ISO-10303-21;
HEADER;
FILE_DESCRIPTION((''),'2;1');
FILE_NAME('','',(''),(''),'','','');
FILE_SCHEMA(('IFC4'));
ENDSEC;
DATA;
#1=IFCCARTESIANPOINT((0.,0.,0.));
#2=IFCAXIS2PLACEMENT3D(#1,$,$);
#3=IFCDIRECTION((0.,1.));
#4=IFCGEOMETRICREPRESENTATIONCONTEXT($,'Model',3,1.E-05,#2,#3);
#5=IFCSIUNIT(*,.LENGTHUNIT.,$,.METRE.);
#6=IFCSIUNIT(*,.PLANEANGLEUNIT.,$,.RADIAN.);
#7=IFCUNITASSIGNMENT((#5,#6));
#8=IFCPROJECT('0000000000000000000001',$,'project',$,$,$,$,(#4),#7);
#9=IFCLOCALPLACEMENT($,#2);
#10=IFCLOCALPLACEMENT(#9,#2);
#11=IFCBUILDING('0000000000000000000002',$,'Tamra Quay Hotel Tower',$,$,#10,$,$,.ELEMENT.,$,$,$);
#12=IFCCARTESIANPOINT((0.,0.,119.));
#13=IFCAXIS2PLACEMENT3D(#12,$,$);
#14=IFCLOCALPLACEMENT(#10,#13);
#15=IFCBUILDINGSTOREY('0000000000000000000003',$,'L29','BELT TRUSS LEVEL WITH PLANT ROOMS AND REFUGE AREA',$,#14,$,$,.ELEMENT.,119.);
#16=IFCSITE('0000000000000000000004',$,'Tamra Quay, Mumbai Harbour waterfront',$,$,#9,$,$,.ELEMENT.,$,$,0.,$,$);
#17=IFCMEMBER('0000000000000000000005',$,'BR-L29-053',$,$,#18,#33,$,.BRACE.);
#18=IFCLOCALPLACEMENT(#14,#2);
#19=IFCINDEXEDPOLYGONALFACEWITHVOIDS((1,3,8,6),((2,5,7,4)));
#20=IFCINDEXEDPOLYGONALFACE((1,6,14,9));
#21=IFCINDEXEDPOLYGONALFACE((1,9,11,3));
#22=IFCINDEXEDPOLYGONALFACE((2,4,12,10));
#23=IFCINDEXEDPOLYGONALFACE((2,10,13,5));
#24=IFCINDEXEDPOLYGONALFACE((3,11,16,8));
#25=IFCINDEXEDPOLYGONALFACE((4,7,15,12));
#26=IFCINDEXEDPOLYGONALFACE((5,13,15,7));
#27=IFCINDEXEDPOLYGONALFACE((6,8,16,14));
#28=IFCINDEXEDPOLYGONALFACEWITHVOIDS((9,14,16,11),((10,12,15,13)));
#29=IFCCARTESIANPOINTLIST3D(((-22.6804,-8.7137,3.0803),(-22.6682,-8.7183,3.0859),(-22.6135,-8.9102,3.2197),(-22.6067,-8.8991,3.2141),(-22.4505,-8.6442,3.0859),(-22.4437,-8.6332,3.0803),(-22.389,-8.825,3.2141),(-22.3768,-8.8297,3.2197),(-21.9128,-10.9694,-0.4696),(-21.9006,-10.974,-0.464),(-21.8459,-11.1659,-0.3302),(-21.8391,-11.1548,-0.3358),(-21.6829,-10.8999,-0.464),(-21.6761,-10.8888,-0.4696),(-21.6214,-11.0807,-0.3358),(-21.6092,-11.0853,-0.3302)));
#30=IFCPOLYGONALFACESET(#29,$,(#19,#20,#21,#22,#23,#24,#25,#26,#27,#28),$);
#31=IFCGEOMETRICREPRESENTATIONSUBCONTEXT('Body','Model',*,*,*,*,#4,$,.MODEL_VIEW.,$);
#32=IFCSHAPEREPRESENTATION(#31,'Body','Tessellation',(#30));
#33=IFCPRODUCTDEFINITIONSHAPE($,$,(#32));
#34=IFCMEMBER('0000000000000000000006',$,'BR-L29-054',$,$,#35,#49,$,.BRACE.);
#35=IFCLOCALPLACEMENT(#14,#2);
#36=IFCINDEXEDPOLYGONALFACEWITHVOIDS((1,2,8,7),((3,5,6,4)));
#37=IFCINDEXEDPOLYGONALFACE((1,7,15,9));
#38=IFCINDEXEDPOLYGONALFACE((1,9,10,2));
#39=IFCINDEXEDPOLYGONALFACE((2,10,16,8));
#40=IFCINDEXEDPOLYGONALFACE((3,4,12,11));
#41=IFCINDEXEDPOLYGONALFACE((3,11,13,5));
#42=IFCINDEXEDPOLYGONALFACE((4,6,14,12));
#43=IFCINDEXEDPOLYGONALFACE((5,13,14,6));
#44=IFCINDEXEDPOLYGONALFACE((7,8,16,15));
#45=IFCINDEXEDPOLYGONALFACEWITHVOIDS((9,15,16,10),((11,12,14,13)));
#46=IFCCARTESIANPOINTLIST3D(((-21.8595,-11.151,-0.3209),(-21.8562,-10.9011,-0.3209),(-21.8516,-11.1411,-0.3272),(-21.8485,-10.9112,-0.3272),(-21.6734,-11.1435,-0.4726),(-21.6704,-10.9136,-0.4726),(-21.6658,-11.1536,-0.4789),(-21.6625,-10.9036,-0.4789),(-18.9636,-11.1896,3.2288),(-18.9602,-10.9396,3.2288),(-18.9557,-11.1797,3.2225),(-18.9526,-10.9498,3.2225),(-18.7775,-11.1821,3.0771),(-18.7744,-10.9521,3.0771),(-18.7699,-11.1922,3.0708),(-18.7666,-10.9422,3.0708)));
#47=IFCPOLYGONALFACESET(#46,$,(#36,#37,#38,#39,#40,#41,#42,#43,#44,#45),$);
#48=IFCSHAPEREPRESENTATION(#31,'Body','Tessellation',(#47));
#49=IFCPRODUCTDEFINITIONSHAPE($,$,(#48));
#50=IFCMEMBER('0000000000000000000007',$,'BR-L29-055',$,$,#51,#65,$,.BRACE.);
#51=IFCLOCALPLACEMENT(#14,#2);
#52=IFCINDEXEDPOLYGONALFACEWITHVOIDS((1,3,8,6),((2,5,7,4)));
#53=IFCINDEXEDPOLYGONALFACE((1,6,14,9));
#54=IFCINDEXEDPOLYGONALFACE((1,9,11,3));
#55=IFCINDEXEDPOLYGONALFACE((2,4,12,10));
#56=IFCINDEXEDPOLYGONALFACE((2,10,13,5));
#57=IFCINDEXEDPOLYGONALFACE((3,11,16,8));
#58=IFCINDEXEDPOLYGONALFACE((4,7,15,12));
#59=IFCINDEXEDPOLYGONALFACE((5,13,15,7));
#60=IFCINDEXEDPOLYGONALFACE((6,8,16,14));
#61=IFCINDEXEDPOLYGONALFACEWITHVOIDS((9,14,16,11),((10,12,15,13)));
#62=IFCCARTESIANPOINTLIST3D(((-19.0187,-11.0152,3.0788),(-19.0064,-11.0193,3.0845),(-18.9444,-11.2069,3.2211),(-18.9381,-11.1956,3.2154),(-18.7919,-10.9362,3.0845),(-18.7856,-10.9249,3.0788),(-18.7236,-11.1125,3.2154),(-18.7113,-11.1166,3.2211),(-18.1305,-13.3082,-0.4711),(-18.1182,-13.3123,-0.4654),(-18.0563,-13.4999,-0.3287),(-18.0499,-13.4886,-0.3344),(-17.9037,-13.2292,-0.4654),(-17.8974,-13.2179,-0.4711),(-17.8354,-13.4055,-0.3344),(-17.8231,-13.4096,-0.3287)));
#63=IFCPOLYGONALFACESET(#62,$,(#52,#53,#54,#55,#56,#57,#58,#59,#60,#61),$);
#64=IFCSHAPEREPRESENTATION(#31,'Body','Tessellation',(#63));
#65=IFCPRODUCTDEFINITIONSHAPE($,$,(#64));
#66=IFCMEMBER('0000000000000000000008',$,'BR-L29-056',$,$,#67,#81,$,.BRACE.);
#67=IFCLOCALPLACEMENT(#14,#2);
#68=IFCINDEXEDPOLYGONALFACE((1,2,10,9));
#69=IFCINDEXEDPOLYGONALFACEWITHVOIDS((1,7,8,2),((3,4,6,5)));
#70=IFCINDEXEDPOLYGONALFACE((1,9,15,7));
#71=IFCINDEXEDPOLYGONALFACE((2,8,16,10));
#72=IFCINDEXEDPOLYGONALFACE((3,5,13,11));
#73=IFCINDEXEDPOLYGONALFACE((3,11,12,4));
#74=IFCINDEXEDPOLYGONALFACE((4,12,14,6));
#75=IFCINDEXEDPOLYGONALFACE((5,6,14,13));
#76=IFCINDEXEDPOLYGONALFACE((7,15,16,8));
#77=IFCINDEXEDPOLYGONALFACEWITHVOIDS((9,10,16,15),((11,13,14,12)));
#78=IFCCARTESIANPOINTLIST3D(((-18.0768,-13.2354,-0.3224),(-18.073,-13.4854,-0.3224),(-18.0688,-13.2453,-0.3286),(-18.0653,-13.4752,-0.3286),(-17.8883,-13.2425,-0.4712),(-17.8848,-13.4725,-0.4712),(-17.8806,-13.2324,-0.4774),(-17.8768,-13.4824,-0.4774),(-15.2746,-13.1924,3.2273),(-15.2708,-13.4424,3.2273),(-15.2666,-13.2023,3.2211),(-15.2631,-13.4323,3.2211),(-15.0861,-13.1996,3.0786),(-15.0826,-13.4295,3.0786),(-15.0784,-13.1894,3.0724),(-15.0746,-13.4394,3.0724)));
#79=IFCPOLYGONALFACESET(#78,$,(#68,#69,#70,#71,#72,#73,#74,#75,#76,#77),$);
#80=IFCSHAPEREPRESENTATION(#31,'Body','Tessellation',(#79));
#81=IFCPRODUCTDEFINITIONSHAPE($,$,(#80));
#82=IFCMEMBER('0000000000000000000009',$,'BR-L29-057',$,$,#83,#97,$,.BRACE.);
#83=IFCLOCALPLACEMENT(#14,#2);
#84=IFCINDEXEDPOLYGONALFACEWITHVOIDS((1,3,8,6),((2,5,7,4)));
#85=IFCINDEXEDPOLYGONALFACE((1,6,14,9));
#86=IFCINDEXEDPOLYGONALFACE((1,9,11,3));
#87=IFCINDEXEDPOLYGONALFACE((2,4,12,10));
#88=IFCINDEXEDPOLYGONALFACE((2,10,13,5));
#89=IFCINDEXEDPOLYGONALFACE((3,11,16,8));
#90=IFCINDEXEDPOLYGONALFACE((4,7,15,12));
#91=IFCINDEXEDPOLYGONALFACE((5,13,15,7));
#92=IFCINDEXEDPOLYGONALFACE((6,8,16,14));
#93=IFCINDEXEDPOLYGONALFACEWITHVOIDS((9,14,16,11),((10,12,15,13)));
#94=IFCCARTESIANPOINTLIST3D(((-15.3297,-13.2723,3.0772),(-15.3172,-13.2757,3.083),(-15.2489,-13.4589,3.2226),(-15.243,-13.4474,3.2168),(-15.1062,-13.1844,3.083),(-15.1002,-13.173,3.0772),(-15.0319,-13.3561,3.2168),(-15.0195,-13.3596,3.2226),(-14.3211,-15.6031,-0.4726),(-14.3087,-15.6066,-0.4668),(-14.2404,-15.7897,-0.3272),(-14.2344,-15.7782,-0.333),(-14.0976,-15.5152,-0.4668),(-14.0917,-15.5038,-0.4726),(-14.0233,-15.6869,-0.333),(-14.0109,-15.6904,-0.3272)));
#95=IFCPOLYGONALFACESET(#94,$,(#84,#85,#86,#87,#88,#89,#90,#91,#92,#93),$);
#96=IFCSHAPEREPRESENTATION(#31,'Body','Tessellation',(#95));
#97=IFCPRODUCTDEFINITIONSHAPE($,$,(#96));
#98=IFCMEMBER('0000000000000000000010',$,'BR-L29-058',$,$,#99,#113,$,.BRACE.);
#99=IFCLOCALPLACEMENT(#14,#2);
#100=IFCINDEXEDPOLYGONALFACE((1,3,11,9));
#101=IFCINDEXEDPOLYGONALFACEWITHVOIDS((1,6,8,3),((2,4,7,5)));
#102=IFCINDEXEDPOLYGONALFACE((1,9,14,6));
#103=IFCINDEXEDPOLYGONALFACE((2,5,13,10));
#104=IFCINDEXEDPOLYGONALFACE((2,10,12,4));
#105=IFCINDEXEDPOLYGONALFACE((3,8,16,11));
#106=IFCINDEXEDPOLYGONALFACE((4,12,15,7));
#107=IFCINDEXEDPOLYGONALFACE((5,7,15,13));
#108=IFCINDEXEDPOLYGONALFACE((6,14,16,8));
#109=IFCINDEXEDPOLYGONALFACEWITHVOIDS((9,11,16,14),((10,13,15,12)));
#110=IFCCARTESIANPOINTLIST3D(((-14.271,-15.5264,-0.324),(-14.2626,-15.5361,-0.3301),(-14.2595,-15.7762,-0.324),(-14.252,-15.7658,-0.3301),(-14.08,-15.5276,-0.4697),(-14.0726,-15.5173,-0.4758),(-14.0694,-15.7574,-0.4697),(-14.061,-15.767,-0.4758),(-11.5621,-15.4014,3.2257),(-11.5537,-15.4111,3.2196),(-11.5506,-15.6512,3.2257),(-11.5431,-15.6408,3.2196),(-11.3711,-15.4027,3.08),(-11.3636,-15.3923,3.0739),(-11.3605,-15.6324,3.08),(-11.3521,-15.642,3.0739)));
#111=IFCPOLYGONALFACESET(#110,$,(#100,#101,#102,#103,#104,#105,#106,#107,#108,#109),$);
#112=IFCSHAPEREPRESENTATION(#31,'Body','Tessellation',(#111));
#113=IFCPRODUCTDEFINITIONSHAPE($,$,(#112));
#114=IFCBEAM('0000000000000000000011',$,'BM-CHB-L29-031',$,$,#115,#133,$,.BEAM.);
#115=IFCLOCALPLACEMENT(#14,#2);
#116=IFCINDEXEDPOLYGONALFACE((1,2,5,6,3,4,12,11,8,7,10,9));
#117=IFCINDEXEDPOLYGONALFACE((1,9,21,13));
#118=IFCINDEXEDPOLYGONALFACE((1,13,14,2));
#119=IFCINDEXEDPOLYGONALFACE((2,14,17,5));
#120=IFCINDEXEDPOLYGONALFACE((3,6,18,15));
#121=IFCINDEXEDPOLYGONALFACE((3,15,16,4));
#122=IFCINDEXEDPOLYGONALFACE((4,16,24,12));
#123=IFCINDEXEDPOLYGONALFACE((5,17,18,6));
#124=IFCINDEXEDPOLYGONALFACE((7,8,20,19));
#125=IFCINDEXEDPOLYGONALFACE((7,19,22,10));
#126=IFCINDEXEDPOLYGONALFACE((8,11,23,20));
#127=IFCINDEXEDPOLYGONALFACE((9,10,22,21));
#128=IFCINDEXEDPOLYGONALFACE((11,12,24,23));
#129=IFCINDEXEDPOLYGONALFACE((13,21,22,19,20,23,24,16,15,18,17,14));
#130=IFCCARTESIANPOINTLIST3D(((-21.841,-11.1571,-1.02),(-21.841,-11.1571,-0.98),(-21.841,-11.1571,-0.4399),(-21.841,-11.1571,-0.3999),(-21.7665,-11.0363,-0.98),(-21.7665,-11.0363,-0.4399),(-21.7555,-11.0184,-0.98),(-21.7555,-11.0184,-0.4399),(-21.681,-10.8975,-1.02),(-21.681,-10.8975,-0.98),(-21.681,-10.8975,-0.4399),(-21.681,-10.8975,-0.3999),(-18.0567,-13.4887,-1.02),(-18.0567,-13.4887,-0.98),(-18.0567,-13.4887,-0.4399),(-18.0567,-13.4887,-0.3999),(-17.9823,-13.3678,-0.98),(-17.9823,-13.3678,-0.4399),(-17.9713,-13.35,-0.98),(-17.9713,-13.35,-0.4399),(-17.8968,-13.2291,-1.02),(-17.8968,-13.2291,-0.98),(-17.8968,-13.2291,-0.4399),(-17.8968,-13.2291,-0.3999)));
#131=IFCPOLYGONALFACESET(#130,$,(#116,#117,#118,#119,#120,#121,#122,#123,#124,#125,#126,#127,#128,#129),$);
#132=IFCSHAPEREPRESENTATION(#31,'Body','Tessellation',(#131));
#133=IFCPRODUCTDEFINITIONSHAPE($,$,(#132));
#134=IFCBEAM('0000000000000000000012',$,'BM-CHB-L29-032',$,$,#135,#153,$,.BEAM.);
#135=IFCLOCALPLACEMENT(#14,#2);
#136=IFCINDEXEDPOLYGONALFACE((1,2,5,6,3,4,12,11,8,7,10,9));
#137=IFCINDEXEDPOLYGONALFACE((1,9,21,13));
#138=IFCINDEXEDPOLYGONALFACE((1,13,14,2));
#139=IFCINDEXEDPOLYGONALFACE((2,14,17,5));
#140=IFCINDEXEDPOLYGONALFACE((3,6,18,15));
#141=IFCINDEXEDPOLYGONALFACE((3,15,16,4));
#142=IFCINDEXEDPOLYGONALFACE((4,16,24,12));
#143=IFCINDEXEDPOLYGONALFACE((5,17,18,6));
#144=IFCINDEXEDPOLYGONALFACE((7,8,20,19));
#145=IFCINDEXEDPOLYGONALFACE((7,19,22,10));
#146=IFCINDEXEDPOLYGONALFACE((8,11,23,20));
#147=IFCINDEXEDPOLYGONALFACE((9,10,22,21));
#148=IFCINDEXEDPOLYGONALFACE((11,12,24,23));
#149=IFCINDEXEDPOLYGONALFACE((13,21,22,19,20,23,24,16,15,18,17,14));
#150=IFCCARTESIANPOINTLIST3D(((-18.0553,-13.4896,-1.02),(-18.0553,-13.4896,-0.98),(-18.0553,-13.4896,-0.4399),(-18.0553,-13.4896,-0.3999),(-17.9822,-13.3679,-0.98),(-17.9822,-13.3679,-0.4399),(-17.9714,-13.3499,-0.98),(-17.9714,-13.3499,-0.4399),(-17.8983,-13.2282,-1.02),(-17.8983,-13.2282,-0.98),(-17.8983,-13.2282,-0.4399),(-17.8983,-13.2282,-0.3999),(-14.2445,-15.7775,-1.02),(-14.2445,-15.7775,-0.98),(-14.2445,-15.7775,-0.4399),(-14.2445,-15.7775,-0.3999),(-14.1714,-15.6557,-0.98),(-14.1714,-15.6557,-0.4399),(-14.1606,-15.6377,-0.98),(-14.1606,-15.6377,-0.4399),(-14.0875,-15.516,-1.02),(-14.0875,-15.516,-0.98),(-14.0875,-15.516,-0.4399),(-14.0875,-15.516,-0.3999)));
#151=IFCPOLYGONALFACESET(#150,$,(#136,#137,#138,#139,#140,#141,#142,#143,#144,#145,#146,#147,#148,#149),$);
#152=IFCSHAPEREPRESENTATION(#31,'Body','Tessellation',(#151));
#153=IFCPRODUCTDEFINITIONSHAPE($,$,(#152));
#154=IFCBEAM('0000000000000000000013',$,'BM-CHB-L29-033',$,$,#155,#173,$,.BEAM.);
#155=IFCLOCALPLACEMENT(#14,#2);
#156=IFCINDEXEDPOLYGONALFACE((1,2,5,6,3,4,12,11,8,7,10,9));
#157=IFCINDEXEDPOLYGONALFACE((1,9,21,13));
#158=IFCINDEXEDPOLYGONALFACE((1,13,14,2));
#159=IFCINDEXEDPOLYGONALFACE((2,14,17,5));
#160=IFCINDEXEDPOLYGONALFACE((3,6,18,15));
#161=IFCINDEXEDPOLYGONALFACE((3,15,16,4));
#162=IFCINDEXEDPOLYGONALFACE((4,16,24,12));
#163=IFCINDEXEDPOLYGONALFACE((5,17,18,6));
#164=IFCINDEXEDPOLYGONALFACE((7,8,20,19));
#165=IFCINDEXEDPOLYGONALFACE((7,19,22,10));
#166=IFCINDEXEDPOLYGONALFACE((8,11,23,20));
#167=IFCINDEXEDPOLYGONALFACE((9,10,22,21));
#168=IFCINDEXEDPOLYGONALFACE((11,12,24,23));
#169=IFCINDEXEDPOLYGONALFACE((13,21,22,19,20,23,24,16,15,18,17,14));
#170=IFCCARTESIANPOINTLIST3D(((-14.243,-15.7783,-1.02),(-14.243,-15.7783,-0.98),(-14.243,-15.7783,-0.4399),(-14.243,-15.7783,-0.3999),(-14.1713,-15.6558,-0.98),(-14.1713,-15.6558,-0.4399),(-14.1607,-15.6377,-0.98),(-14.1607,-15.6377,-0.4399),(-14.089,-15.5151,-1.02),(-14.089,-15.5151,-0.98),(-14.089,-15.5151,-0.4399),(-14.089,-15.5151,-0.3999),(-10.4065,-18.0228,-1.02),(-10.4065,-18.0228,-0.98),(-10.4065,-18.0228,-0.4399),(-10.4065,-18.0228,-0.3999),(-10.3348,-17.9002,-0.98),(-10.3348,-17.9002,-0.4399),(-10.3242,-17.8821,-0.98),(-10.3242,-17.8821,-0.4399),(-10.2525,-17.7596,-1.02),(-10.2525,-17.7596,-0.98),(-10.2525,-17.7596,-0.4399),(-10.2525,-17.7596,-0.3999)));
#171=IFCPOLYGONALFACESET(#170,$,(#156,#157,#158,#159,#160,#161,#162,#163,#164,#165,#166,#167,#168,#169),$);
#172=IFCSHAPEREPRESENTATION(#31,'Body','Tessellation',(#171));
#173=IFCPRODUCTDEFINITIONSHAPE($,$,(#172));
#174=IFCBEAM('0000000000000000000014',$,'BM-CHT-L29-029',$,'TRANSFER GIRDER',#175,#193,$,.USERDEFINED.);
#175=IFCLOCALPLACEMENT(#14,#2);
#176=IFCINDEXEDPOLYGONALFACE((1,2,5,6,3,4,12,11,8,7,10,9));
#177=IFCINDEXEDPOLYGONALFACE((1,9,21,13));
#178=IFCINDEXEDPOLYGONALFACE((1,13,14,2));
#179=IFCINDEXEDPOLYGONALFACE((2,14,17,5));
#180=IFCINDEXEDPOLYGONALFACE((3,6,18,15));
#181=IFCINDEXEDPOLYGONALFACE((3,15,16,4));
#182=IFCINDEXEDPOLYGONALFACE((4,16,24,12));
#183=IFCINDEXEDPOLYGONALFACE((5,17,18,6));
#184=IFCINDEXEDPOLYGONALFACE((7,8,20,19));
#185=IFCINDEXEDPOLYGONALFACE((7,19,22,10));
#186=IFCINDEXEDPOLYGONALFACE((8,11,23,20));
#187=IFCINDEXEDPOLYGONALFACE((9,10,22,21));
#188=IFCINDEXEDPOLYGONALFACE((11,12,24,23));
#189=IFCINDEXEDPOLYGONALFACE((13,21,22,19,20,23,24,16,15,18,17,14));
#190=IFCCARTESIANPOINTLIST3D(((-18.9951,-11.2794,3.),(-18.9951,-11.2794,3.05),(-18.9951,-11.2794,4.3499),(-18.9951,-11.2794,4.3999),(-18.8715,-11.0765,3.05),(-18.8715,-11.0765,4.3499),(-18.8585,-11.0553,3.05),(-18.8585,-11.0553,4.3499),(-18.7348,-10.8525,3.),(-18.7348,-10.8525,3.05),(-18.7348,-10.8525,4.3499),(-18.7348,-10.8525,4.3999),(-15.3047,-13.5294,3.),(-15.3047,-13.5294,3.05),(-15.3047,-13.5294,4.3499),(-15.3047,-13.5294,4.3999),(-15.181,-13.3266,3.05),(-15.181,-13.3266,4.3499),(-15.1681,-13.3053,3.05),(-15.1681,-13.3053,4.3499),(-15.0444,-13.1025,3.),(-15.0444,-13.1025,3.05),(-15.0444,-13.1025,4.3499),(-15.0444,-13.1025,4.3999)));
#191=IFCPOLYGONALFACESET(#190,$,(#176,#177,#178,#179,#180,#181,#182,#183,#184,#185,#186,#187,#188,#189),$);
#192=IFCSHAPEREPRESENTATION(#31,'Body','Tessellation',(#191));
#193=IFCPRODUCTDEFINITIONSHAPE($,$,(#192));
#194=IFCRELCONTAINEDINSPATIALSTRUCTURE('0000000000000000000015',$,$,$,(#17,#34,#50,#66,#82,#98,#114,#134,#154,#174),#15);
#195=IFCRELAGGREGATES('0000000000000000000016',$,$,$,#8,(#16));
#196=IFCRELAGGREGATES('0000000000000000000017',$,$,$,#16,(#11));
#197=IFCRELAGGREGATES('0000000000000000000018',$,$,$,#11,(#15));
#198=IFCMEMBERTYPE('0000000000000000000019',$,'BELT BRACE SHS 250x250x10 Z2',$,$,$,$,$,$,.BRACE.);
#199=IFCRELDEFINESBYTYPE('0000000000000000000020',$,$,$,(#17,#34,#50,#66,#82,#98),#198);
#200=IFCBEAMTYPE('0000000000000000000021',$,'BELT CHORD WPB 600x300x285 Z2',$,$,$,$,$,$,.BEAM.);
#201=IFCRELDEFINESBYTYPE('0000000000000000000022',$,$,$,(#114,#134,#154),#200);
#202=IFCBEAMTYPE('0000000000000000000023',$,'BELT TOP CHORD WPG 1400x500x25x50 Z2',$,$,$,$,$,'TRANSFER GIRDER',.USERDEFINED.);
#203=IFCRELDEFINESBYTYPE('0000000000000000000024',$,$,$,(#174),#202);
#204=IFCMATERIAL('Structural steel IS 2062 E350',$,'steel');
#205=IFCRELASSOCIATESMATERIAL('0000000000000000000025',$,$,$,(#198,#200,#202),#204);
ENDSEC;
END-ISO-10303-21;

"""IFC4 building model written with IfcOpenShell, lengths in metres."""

from ifc_helpers import new_model, si_unit, direction, frame, origin, origin_2d, place, context, subcontext, project, spatial, hollow_rectangle, i_section, extrude, material, material_profile, profile_set, type_object, element, save


model = new_model("IFC4")

# Units and contexts
model_context = context("Model", 3, precision=1e-05, world=origin(), true_north=direction((0.0, 1.0)))
body_context = subcontext(model_context, "Body", "Model", "MODEL_VIEW")
ifc_project = project(units=[si_unit("LENGTHUNIT", "METRE"), si_unit("PLANEANGLEUNIT", "RADIAN")], contexts=[model_context])

# Site, building, storey
site_placement = place(None, origin())
site = spatial("IfcSite", under=ifc_project, at=site_placement, Name="Tamra Quay, Mumbai Harbour waterfront", CompositionType="ELEMENT", RefElevation=0.0)
building_placement = place(site_placement, origin())
building = spatial("IfcBuilding", under=site, at=building_placement, Name="Tamra Quay Hotel Tower", CompositionType="ELEMENT")
storey_placement = place(building_placement, frame((0.0, 0.0, 119.0)))
storey = spatial("IfcBuildingStorey", under=building, at=storey_placement, Name="L29", Description="BELT TRUSS LEVEL WITH PLANT ROOMS AND REFUGE AREA", CompositionType="ELEMENT", Elevation=119.0)

# Members
ifc_material_1 = material(Name="Structural steel IS 2062 E350", Category="steel")
ifc_material_profile_1 = material_profile(ifc_material_1, hollow_rectangle(XDim=0.25, YDim=0.25, WallThickness=0.01, at=origin_2d()), Name="SHS 250x250x10")
ifc_profile_set_1 = profile_set([ifc_material_profile_1], Name="Structural steel IS 2062 E350")
member_type = type_object("IfcMemberType", Name="BELT BRACE SHS 250x250x10 Z2", PredefinedType="BRACE", material=ifc_profile_set_1)
member_1_placement = place(storey_placement, frame((-21.761, -11.0273, -0.3999), z_axis=(-0.179538, 0.527594, 0.830308), x_axis=(-0.946687, -0.322154, 0.0)))
element("IfcMember", 1, at=member_1_placement, inside=storey, type_object=member_type, Name="BR-L29-053", PredefinedType="BRACE", context=body_context, shape_type="SweptSolid", body=[
    extrude(hollow_rectangle(XDim=0.25, YDim=0.25, WallThickness=0.01, at=origin_2d()), origin(), (0.0, 0.0, 1.0), 4.2754),
])
member_2_placement = place(storey_placement, frame((-21.761, -11.0273, -0.3999), z_axis=(0.632118, -0.00842, 0.774827), x_axis=(0.013319, 0.999911, 0.0)))
element("IfcMember", 2, at=member_2_placement, inside=storey, type_object=member_type, Name="BR-L29-054", PredefinedType="BRACE", context=body_context, shape_type="SweptSolid", body=[
    extrude(hollow_rectangle(XDim=0.25, YDim=0.25, WallThickness=0.01, at=origin_2d()), origin(), (0.0, 0.0, 1.0), 4.5813),
])
member_3_placement = place(storey_placement, frame((-17.9768, -13.3589, -0.3999), z_axis=(-0.205679, 0.530989, 0.822038), x_axis=(-0.932488, -0.3612, 0.0)))
element("IfcMember", 3, at=member_3_placement, inside=storey, type_object=member_type, Name="BR-L29-055", PredefinedType="BRACE", context=body_context, shape_type="SweptSolid", body=[
    extrude(hollow_rectangle(XDim=0.25, YDim=0.25, WallThickness=0.01, at=origin_2d()), origin(), (0.0, 0.0, 1.0), 4.3184),
])
member_4_placement = place(storey_placement, frame((-17.9768, -13.3589, -0.3999), z_axis=(0.619585, 0.009501, 0.784872), x_axis=(-0.015332, 0.999882, 0.0)))
element("IfcMember", 4, at=member_4_placement, inside=storey, type_object=member_type, Name="BR-L29-056", PredefinedType="BRACE", context=body_context, shape_type="SweptSolid", body=[
    extrude(hollow_rectangle(XDim=0.25, YDim=0.25, WallThickness=0.01, at=origin_2d()), origin(), (0.0, 0.0, 1.0), 4.5227),
])
member_5_placement = place(storey_placement, frame((-14.166, -15.6467, -0.3999), z_axis=(-0.231066, 0.534009, 0.813291), x_axis=(-0.917767, -0.397119, 0.0)))
element("IfcMember", 5, at=member_5_placement, inside=storey, type_object=member_type, Name="BR-L29-057", PredefinedType="BRACE", context=body_context, shape_type="SweptSolid", body=[
    extrude(hollow_rectangle(XDim=0.25, YDim=0.25, WallThickness=0.01, at=origin_2d()), origin(), (0.0, 0.0, 1.0), 4.3647),
])
member_6_placement = place(storey_placement, frame((-14.166, -15.6467, -0.3999), z_axis=(0.606425, 0.027982, 0.794648), x_axis=(-0.046094, 0.998937, 0.0)))
element("IfcMember", 6, at=member_6_placement, inside=storey, type_object=member_type, Name="BR-L29-058", PredefinedType="BRACE", context=body_context, shape_type="SweptSolid", body=[
    extrude(hollow_rectangle(XDim=0.25, YDim=0.25, WallThickness=0.01, at=origin_2d()), origin(), (0.0, 0.0, 1.0), 4.467),
])

# Beams
ifc_material_profile_2 = material_profile(ifc_material_1, i_section(OverallWidth=0.3049, OverallDepth=0.6201, WebThickness=0.021, FlangeThickness=0.04, at=origin_2d()), Name="WPB 600x300x285")
ifc_profile_set_2 = profile_set([ifc_material_profile_2], Name="Structural steel IS 2062 E350")
beam_type_1 = type_object("IfcBeamType", Name="BELT CHORD WPB 600x300x285 Z2", PredefinedType="BEAM", material=ifc_profile_set_2)
for number, where, z_axis, x_axis, name in (
    (7, (-21.761, -11.0273, -0.71), (0.851375, -0.524557, 0.0), (0.524557, 0.851375, 0.0), "BM-CHB-L29-031"),
    (8, (-17.9768, -13.3589, -0.71), (0.857357, -0.514722, 0.0), (0.514722, 0.857357, 0.0), "BM-CHB-L29-032"),
    (9, (-14.166, -15.6467, -0.71), (0.863145, -0.504957, 0.0), (0.504957, 0.863145, 0.0), "BM-CHB-L29-033"),
):
    element("IfcBeam", number, at=place(storey_placement, frame(where, z_axis=z_axis, x_axis=x_axis)), inside=storey, type_object=beam_type_1, Name=name, PredefinedType="BEAM", context=body_context, shape_type="SweptSolid", body=[
        extrude(i_section(OverallWidth=0.3049, OverallDepth=0.6201, WebThickness=0.021, FlangeThickness=0.04, at=origin_2d()), origin(), (0.0, 0.0, 1.0), 4.4448),
    ])
ifc_material_profile_3 = material_profile(ifc_material_1, i_section(OverallWidth=0.5, OverallDepth=1.3999, WebThickness=0.0249, FlangeThickness=0.05, at=origin_2d()), Name="WPG 1400x500x25x50")
ifc_profile_set_3 = profile_set([ifc_material_profile_3], Name="Structural steel IS 2062 E350")
beam_type_2 = type_object("IfcBeamType", Name="BELT TOP CHORD WPG 1400x500x25x50 Z2", ElementType="TRANSFER GIRDER", PredefinedType="USERDEFINED", material=ifc_profile_set_3)
beam_1_placement = place(storey_placement, frame((-18.865, -11.0659, 3.7), z_axis=(0.853823, -0.520563, 0.0), x_axis=(0.520563, 0.853823, 0.0)))
element("IfcBeam", 10, at=beam_1_placement, inside=storey, type_object=beam_type_2, Name="BM-CHT-L29-029", ObjectType="TRANSFER GIRDER", PredefinedType="USERDEFINED", context=body_context, shape_type="SweptSolid", body=[
    extrude(i_section(OverallWidth=0.5, OverallDepth=1.3999, WebThickness=0.0249, FlangeThickness=0.05, at=origin_2d()), origin(), (0.0, 0.0, 1.0), 4.3223),
])

save(model, "model.ifc")
